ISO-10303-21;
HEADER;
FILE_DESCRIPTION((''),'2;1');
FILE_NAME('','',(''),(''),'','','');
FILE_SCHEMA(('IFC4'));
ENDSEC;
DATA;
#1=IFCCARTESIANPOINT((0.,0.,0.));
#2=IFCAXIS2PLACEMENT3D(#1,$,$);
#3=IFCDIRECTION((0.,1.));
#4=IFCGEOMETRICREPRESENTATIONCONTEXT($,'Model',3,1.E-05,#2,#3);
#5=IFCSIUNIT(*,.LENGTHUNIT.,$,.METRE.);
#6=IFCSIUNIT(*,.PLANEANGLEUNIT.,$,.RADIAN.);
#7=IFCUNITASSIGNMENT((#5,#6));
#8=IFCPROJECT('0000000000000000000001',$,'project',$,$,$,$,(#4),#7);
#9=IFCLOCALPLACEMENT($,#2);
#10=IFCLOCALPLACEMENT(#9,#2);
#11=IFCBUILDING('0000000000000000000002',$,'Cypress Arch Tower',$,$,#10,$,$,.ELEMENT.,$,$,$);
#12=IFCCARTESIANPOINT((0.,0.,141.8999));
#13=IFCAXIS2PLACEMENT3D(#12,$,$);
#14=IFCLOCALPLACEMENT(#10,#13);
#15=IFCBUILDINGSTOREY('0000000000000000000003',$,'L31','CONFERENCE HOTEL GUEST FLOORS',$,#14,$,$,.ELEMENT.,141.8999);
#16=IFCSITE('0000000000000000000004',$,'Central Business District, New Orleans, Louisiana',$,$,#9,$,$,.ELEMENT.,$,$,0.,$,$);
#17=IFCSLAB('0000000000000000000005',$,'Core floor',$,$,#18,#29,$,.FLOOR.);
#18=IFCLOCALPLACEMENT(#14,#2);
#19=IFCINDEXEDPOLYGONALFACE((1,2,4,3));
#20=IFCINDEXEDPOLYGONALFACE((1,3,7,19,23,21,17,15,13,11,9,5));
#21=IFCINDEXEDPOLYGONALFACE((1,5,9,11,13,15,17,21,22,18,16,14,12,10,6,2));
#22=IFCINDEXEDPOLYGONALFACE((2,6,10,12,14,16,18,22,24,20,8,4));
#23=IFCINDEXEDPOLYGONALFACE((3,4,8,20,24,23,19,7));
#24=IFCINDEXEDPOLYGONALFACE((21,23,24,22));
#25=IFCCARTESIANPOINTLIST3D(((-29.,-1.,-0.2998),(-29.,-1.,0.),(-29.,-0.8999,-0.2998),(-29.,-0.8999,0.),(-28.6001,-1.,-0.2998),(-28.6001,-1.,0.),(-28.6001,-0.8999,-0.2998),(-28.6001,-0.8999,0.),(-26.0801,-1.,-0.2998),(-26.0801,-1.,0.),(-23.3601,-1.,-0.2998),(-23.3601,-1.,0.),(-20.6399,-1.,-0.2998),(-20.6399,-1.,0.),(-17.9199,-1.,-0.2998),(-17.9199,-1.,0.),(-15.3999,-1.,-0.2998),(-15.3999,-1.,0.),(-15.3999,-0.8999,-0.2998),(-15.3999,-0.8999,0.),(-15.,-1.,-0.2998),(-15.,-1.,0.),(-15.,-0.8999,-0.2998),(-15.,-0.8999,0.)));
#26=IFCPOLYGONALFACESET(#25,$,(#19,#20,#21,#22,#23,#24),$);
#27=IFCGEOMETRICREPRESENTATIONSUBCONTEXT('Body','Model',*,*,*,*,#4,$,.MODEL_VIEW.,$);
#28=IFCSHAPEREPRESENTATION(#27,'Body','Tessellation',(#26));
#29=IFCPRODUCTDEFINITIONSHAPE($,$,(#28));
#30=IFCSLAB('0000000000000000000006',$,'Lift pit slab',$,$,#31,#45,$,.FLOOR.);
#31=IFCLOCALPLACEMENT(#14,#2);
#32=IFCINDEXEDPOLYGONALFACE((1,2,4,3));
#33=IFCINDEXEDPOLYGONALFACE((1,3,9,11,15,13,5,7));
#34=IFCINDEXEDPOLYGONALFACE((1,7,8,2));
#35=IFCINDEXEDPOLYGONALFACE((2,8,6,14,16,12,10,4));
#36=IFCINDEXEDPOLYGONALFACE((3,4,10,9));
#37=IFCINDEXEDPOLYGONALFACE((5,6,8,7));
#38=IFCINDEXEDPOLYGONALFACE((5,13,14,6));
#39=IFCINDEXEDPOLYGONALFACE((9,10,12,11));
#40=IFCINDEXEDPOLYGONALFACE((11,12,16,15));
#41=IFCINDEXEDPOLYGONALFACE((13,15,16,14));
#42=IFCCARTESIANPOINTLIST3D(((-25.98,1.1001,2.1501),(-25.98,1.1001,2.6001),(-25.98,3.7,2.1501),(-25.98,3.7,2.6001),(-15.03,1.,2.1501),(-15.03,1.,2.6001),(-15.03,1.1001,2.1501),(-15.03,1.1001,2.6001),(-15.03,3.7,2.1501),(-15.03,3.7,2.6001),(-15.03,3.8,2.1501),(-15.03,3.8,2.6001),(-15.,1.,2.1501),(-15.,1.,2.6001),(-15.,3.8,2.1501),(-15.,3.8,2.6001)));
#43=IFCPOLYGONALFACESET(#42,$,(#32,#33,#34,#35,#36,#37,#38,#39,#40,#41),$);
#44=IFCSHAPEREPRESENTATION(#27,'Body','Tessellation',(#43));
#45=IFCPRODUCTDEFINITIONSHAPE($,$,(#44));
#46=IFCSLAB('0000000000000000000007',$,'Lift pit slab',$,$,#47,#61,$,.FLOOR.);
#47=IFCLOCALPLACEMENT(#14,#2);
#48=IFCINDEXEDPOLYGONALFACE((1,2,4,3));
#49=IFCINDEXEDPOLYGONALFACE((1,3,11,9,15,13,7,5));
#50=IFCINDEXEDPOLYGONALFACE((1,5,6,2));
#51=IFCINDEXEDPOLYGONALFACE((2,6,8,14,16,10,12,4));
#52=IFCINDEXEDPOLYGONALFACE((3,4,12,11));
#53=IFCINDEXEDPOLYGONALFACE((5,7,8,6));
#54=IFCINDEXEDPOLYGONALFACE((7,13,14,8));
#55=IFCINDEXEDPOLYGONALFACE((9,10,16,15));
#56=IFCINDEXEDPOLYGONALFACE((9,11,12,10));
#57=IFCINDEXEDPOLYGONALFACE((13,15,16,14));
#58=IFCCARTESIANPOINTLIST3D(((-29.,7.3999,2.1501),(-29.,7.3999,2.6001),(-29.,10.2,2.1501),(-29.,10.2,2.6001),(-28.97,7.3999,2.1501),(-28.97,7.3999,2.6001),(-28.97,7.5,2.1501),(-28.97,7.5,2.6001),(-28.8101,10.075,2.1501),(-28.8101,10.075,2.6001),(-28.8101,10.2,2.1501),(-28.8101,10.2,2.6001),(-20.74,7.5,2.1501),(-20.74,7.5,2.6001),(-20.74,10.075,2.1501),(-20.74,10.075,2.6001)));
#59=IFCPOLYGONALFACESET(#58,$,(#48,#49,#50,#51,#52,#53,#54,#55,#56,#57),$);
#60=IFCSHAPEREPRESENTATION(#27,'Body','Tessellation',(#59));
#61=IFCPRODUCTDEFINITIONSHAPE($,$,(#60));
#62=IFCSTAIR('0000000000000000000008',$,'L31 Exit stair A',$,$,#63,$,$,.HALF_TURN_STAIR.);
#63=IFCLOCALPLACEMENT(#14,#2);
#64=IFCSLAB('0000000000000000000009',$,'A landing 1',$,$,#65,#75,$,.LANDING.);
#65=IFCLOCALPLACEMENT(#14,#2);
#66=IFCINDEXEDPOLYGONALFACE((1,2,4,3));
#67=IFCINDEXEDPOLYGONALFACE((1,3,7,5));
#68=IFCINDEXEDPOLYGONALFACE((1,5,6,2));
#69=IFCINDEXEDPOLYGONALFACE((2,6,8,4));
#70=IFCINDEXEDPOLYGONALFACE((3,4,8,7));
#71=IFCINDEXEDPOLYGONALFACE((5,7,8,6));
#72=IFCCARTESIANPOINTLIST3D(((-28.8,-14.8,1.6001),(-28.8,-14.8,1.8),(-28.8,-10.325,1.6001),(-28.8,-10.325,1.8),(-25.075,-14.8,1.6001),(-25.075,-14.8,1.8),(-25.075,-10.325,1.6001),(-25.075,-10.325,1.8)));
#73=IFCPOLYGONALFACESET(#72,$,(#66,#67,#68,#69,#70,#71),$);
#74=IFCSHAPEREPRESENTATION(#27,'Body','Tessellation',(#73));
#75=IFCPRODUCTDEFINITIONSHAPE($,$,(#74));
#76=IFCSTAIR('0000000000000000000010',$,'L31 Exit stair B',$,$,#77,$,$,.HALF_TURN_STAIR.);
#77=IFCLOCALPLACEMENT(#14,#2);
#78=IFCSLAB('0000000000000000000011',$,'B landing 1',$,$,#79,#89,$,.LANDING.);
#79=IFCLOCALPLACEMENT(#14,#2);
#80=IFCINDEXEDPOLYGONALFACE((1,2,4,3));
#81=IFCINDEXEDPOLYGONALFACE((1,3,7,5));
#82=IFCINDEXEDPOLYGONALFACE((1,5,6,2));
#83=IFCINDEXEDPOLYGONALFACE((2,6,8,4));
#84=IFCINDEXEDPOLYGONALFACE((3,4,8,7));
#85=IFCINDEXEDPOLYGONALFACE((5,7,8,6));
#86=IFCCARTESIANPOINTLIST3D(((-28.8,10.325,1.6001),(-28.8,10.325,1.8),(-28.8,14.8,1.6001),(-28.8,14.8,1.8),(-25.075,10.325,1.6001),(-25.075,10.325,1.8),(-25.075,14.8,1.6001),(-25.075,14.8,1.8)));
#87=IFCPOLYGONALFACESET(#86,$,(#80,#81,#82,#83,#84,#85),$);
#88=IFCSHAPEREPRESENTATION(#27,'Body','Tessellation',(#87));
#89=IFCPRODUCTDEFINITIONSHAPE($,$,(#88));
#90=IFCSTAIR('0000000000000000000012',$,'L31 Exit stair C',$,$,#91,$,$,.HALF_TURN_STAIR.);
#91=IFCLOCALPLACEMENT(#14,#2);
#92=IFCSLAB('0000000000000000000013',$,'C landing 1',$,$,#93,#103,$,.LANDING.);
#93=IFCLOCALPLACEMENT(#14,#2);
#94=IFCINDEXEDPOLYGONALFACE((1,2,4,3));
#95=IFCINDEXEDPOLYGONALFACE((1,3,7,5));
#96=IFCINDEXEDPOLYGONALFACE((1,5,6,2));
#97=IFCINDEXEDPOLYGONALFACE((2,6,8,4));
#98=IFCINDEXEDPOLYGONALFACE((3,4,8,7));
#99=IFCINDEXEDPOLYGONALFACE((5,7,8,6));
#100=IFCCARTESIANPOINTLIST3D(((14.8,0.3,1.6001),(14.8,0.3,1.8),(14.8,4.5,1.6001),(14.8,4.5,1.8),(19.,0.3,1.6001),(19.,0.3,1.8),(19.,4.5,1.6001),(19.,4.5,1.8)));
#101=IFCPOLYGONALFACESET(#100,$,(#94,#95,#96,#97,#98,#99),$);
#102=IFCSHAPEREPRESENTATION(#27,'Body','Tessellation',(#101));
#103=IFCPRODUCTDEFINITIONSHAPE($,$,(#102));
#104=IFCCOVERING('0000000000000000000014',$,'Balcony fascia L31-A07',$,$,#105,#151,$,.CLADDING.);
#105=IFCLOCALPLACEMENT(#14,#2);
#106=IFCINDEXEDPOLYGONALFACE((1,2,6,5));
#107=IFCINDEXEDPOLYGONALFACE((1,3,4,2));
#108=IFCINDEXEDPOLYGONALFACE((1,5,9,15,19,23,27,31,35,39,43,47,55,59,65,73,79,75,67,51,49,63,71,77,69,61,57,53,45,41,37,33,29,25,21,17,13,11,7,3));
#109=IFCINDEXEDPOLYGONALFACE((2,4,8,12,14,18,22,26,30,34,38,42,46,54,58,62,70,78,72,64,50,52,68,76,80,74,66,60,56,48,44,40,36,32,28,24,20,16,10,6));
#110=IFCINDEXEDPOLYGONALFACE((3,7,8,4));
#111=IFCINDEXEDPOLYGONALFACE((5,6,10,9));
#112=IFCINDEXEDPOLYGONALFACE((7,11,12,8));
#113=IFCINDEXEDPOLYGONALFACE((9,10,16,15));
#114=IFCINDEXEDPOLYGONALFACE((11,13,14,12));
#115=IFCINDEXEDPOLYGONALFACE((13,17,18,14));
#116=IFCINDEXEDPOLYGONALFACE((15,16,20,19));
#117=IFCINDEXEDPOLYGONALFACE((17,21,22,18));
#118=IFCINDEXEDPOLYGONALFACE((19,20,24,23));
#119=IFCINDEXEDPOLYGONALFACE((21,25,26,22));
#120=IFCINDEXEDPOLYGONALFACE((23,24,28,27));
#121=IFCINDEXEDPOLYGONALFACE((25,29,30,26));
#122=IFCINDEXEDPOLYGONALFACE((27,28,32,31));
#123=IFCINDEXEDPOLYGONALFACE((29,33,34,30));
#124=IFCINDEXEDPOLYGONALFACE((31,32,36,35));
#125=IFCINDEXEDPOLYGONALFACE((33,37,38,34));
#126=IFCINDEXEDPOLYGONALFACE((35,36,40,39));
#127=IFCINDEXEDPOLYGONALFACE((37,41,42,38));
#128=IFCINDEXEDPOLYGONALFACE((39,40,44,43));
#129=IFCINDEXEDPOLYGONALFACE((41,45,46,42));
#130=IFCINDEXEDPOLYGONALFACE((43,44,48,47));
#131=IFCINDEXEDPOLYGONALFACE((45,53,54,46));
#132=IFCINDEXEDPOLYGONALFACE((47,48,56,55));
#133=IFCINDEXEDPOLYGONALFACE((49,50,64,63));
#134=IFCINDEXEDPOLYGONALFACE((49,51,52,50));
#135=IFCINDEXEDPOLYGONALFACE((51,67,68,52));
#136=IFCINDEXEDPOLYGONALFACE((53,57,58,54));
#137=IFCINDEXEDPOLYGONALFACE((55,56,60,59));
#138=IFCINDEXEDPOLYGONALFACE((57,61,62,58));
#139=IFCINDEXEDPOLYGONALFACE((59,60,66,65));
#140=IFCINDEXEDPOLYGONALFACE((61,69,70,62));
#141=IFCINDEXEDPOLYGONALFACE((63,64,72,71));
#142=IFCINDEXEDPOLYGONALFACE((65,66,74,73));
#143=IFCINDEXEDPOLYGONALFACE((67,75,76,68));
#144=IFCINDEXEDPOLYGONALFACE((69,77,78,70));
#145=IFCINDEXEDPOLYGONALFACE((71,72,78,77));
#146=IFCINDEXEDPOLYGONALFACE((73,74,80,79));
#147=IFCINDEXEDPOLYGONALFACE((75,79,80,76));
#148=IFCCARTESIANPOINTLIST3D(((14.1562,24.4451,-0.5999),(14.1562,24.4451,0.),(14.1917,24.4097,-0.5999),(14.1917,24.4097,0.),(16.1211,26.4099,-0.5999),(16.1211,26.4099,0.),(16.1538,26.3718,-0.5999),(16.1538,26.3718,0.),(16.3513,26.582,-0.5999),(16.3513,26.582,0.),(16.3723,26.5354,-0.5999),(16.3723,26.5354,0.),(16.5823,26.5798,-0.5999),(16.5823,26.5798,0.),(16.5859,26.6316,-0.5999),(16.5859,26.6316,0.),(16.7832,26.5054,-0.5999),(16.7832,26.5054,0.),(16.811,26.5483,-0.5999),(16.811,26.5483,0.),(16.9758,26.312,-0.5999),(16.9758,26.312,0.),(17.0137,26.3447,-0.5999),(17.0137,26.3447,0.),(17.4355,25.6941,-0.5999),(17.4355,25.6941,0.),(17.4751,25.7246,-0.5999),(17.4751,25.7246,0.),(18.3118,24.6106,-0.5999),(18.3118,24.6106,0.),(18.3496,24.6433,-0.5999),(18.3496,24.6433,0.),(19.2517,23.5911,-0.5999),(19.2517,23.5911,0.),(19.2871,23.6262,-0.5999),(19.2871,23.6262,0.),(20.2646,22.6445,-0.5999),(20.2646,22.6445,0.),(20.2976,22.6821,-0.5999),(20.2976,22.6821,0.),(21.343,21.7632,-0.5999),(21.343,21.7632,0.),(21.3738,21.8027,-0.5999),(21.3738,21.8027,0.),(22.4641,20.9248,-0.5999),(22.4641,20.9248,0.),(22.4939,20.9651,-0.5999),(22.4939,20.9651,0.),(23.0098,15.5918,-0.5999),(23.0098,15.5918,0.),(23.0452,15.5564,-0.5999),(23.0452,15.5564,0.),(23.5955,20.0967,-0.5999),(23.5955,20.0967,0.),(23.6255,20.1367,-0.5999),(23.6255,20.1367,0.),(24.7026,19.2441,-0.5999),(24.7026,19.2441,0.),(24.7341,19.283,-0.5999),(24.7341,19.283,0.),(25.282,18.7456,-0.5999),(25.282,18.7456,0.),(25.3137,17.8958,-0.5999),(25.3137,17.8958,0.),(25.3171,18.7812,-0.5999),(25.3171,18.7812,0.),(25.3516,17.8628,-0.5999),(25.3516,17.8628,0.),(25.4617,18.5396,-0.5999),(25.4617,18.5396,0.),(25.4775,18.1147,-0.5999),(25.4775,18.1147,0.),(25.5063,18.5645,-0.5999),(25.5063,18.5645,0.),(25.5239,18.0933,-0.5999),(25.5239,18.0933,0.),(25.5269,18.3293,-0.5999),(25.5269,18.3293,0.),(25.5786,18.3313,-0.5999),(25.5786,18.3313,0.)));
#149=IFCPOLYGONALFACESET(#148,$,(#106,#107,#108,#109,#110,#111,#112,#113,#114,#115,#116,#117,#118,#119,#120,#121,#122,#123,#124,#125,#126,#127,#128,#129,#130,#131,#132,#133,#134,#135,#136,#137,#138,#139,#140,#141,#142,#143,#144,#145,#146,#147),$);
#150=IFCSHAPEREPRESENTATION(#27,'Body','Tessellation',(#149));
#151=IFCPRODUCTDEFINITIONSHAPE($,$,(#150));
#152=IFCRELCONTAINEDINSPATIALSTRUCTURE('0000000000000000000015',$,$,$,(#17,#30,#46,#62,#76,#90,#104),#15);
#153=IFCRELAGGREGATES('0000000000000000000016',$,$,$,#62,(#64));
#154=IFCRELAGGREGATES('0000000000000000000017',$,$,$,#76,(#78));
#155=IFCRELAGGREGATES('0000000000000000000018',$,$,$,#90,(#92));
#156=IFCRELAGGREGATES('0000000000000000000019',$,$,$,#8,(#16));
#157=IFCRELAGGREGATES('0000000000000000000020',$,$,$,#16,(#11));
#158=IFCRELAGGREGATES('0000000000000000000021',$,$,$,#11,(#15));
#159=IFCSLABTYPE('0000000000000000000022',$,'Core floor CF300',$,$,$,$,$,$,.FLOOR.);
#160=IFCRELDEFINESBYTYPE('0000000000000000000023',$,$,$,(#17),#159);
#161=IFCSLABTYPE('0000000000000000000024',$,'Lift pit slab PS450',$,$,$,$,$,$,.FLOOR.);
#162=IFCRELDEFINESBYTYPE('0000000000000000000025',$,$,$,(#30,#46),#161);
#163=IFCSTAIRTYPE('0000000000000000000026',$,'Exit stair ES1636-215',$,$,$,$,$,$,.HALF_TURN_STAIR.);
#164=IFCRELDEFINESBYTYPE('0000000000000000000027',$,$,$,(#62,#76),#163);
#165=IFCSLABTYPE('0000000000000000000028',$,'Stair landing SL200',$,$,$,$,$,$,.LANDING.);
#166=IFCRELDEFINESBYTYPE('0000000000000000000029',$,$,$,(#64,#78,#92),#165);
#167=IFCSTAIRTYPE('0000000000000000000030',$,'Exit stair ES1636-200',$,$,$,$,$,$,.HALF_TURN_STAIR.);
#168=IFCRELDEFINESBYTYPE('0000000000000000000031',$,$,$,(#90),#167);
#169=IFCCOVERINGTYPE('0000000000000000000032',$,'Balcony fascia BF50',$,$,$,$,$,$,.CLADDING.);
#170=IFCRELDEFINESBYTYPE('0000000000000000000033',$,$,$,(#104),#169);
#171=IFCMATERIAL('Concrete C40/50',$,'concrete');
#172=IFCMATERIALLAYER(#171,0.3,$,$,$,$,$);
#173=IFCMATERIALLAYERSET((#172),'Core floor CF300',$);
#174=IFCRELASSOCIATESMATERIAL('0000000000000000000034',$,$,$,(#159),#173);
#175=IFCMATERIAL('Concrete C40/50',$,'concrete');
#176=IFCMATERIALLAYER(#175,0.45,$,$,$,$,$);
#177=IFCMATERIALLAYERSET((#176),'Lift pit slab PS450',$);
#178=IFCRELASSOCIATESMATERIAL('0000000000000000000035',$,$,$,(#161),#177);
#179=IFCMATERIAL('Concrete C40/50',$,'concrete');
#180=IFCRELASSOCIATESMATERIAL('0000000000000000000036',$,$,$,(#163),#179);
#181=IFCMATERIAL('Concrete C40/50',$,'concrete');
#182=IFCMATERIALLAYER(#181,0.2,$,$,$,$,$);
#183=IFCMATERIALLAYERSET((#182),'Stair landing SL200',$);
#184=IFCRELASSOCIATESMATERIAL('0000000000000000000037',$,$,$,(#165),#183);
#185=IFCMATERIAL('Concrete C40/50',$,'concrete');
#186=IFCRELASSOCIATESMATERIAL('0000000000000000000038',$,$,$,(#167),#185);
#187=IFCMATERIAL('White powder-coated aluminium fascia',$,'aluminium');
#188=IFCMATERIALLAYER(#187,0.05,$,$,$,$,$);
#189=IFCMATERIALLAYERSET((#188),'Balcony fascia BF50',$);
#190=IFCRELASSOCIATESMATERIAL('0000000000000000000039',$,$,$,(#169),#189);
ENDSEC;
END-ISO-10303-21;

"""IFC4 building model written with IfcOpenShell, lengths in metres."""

from ifc_helpers import new_model, si_unit, direction, frame, origin, place, context, subcontext, project, spatial, polyline, outline, extrude, material, layer, layer_set, type_object, element, aggregate, save


model = new_model("IFC4")

# Units and contexts
model_context = context("Model", 3, precision=1e-05, world=origin(), true_north=direction((0.0, 1.0)))
body_context = subcontext(model_context, "Body", "Model", "MODEL_VIEW")
ifc_project = project(units=[si_unit("LENGTHUNIT", "METRE"), si_unit("PLANEANGLEUNIT", "RADIAN")], contexts=[model_context])

# Site, building, storey
site_placement = place(None, origin())
site = spatial("IfcSite", under=ifc_project, at=site_placement, Name="Central Business District, New Orleans, Louisiana", CompositionType="ELEMENT", RefElevation=0.0)
building_placement = place(site_placement, origin())
building = spatial("IfcBuilding", under=site, at=building_placement, Name="Cypress Arch Tower", CompositionType="ELEMENT")
storey_placement = place(building_placement, frame((0.0, 0.0, 141.8999)))
storey = spatial("IfcBuildingStorey", under=building, at=storey_placement, Name="L31", Description="CONFERENCE HOTEL GUEST FLOORS", CompositionType="ELEMENT", Elevation=141.8999)

# Slabs
ifc_material_1 = material(Name="Concrete C40/50", Category="concrete")
ifc_layer_1 = layer(ifc_material_1, 0.3)
ifc_layer_set_1 = layer_set([ifc_layer_1], Name="Core floor CF300")
slab_type_1 = type_object("IfcSlabType", Name="Core floor CF300", PredefinedType="FLOOR", material=ifc_layer_set_1)
slab_1_placement = place(storey_placement, frame((0.0, 0.0, -0.2998)))
element("IfcSlab", 1, at=slab_1_placement, inside=storey, type_object=slab_type_1, Name="Core floor", PredefinedType="FLOOR", context=body_context, shape_type="SweptSolid", body=[
    extrude(outline(polyline([(-20.6399, -1.0), (-23.3601, -1.0), (-26.0801, -1.0), (-28.6001, -1.0), (-29.0, -1.0), (-29.0, -0.8999), (-28.6001, -0.8999), (-15.3999, -0.8999), (-15.0, -0.8999), (-15.0, -1.0), (-15.3999, -1.0), (-17.9199, -1.0), (-20.6399, -1.0)])), origin(), (0.0, 0.0, 1.0), 0.2998),
])
ifc_material_2 = material(Name="Concrete C40/50", Category="concrete")
ifc_layer_2 = layer(ifc_material_2, 0.45)
ifc_layer_set_2 = layer_set([ifc_layer_2], Name="Lift pit slab PS450")
slab_type_2 = type_object("IfcSlabType", Name="Lift pit slab PS450", PredefinedType="FLOOR", material=ifc_layer_set_2)
slab_2_placement = place(storey_placement, frame((0.0, 0.0, 2.1501)))
element("IfcSlab", 2, at=slab_2_placement, inside=storey, type_object=slab_type_2, Name="Lift pit slab", PredefinedType="FLOOR", context=body_context, shape_type="SweptSolid", body=[
    extrude(outline(polyline([(-15.0, 3.8), (-15.03, 3.8), (-15.03, 3.7), (-25.98, 3.7), (-25.98, 1.1001), (-15.03, 1.1001), (-15.03, 1.0), (-15.0, 1.0), (-15.0, 3.8)])), origin(), (0.0, 0.0, 1.0), 0.45),
])
slab_3_placement = place(storey_placement, frame((0.0, 0.0, 2.1501)))
element("IfcSlab", 3, at=slab_3_placement, inside=storey, type_object=slab_type_2, Name="Lift pit slab", PredefinedType="FLOOR", context=body_context, shape_type="SweptSolid", body=[
    extrude(outline(polyline([(-29.0, 7.3999), (-28.97, 7.3999), (-28.97, 7.5), (-20.74, 7.5), (-20.74, 10.075), (-28.8101, 10.075), (-28.8101, 10.2), (-29.0, 10.2), (-29.0, 7.3999)])), origin(), (0.0, 0.0, 1.0), 0.45),
])

# Stairs, slabs
ifc_material_3 = material(Name="Concrete C40/50", Category="concrete")
stair_type_1 = type_object("IfcStairType", Name="Exit stair ES1636-215", PredefinedType="HALF_TURN_STAIR", material=ifc_material_3)
stair_1_placement = place(storey_placement, origin())
stair_1 = element("IfcStair", 4, at=stair_1_placement, inside=storey, type_object=stair_type_1, Name="L31 Exit stair A", PredefinedType="HALF_TURN_STAIR")
ifc_material_4 = material(Name="Concrete C40/50", Category="concrete")
ifc_layer_3 = layer(ifc_material_4, 0.2)
ifc_layer_set_3 = layer_set([ifc_layer_3], Name="Stair landing SL200")
slab_type_3 = type_object("IfcSlabType", Name="Stair landing SL200", PredefinedType="LANDING", material=ifc_layer_set_3)
slab_4_placement = place(storey_placement, frame((0.0, 0.0, 1.6001)))
slab_4 = element("IfcSlab", 5, at=slab_4_placement, type_object=slab_type_3, Name="A landing 1", PredefinedType="LANDING", context=body_context, shape_type="SweptSolid", body=[
    extrude(outline(polyline([(-25.075, -10.325), (-28.8, -10.325), (-28.8, -14.8), (-25.075, -14.8), (-25.075, -10.325)])), origin(), (0.0, 0.0, 1.0), 0.2),
])
aggregate(stair_1, [slab_4])
stair_2_placement = place(storey_placement, origin())
stair_2 = element("IfcStair", 6, at=stair_2_placement, inside=storey, type_object=stair_type_1, Name="L31 Exit stair B", PredefinedType="HALF_TURN_STAIR")
slab_5_placement = place(storey_placement, frame((0.0, 0.0, 1.6001)))
slab_5 = element("IfcSlab", 7, at=slab_5_placement, type_object=slab_type_3, Name="B landing 1", PredefinedType="LANDING", context=body_context, shape_type="SweptSolid", body=[
    extrude(outline(polyline([(-25.075, 14.8), (-28.8, 14.8), (-28.8, 10.325), (-25.075, 10.325), (-25.075, 14.8)])), origin(), (0.0, 0.0, 1.0), 0.2),
])
aggregate(stair_2, [slab_5])
ifc_material_5 = material(Name="Concrete C40/50", Category="concrete")
stair_type_2 = type_object("IfcStairType", Name="Exit stair ES1636-200", PredefinedType="HALF_TURN_STAIR", material=ifc_material_5)
stair_3_placement = place(storey_placement, origin())
stair_3 = element("IfcStair", 8, at=stair_3_placement, inside=storey, type_object=stair_type_2, Name="L31 Exit stair C", PredefinedType="HALF_TURN_STAIR")
slab_6_placement = place(storey_placement, frame((0.0, 0.0, 1.6001)))
slab_6 = element("IfcSlab", 9, at=slab_6_placement, type_object=slab_type_3, Name="C landing 1", PredefinedType="LANDING", context=body_context, shape_type="SweptSolid", body=[
    extrude(outline(polyline([(19.0, 0.3), (19.0, 4.5), (14.8, 4.5), (14.8, 0.3), (19.0, 0.3)])), origin(), (0.0, 0.0, 1.0), 0.2),
])
aggregate(stair_3, [slab_6])

# Covering
ifc_material_6 = material(Name="White powder-coated aluminium fascia", Category="aluminium")
ifc_layer_4 = layer(ifc_material_6, 0.05)
ifc_layer_set_4 = layer_set([ifc_layer_4], Name="Balcony fascia BF50")
covering_type_1 = type_object("IfcCoveringType", Name="Balcony fascia BF50", PredefinedType="CLADDING", material=ifc_layer_set_4)
covering_1_placement = place(storey_placement, frame((0.0, 0.0, -0.5999)))
element("IfcCovering", 10, at=covering_1_placement, inside=storey, type_object=covering_type_1, Name="Balcony fascia L31-A07", PredefinedType="CLADDING", context=body_context, shape_type="SweptSolid", body=[
    extrude(outline(polyline([(16.1211, 26.4099), (16.3513, 26.582), (16.5859, 26.6316), (16.811, 26.5483), (17.0137, 26.3447), (17.4751, 25.7246), (18.3496, 24.6433), (19.2871, 23.6262), (20.2976, 22.6821), (21.3738, 21.8027), (22.4939, 20.9651), (23.6255, 20.1367), (24.7341, 19.283), (25.3171, 18.7812), (25.5063, 18.5645), (25.5786, 18.3313), (25.5239, 18.0933), (25.3516, 17.8628), (23.0452, 15.5564), (23.0098, 15.5918), (25.3137, 17.8958), (25.4775, 18.1147), (25.5269, 18.3293), (25.4617, 18.5396), (25.282, 18.7456), (24.7026, 19.2441), (23.5955, 20.0967), (22.4641, 20.9248), (21.343, 21.7632), (20.2646, 22.6445), (19.2517, 23.5911), (18.3118, 24.6106), (17.4355, 25.6941), (16.9758, 26.312), (16.7832, 26.5054), (16.5823, 26.5798), (16.3723, 26.5354), (16.1538, 26.3718), (14.1917, 24.4097), (14.1562, 24.4451), (16.1211, 26.4099)])), origin(), (0.0, 0.0, 1.0), 0.5999),
])

save(model, "model.ifc")
